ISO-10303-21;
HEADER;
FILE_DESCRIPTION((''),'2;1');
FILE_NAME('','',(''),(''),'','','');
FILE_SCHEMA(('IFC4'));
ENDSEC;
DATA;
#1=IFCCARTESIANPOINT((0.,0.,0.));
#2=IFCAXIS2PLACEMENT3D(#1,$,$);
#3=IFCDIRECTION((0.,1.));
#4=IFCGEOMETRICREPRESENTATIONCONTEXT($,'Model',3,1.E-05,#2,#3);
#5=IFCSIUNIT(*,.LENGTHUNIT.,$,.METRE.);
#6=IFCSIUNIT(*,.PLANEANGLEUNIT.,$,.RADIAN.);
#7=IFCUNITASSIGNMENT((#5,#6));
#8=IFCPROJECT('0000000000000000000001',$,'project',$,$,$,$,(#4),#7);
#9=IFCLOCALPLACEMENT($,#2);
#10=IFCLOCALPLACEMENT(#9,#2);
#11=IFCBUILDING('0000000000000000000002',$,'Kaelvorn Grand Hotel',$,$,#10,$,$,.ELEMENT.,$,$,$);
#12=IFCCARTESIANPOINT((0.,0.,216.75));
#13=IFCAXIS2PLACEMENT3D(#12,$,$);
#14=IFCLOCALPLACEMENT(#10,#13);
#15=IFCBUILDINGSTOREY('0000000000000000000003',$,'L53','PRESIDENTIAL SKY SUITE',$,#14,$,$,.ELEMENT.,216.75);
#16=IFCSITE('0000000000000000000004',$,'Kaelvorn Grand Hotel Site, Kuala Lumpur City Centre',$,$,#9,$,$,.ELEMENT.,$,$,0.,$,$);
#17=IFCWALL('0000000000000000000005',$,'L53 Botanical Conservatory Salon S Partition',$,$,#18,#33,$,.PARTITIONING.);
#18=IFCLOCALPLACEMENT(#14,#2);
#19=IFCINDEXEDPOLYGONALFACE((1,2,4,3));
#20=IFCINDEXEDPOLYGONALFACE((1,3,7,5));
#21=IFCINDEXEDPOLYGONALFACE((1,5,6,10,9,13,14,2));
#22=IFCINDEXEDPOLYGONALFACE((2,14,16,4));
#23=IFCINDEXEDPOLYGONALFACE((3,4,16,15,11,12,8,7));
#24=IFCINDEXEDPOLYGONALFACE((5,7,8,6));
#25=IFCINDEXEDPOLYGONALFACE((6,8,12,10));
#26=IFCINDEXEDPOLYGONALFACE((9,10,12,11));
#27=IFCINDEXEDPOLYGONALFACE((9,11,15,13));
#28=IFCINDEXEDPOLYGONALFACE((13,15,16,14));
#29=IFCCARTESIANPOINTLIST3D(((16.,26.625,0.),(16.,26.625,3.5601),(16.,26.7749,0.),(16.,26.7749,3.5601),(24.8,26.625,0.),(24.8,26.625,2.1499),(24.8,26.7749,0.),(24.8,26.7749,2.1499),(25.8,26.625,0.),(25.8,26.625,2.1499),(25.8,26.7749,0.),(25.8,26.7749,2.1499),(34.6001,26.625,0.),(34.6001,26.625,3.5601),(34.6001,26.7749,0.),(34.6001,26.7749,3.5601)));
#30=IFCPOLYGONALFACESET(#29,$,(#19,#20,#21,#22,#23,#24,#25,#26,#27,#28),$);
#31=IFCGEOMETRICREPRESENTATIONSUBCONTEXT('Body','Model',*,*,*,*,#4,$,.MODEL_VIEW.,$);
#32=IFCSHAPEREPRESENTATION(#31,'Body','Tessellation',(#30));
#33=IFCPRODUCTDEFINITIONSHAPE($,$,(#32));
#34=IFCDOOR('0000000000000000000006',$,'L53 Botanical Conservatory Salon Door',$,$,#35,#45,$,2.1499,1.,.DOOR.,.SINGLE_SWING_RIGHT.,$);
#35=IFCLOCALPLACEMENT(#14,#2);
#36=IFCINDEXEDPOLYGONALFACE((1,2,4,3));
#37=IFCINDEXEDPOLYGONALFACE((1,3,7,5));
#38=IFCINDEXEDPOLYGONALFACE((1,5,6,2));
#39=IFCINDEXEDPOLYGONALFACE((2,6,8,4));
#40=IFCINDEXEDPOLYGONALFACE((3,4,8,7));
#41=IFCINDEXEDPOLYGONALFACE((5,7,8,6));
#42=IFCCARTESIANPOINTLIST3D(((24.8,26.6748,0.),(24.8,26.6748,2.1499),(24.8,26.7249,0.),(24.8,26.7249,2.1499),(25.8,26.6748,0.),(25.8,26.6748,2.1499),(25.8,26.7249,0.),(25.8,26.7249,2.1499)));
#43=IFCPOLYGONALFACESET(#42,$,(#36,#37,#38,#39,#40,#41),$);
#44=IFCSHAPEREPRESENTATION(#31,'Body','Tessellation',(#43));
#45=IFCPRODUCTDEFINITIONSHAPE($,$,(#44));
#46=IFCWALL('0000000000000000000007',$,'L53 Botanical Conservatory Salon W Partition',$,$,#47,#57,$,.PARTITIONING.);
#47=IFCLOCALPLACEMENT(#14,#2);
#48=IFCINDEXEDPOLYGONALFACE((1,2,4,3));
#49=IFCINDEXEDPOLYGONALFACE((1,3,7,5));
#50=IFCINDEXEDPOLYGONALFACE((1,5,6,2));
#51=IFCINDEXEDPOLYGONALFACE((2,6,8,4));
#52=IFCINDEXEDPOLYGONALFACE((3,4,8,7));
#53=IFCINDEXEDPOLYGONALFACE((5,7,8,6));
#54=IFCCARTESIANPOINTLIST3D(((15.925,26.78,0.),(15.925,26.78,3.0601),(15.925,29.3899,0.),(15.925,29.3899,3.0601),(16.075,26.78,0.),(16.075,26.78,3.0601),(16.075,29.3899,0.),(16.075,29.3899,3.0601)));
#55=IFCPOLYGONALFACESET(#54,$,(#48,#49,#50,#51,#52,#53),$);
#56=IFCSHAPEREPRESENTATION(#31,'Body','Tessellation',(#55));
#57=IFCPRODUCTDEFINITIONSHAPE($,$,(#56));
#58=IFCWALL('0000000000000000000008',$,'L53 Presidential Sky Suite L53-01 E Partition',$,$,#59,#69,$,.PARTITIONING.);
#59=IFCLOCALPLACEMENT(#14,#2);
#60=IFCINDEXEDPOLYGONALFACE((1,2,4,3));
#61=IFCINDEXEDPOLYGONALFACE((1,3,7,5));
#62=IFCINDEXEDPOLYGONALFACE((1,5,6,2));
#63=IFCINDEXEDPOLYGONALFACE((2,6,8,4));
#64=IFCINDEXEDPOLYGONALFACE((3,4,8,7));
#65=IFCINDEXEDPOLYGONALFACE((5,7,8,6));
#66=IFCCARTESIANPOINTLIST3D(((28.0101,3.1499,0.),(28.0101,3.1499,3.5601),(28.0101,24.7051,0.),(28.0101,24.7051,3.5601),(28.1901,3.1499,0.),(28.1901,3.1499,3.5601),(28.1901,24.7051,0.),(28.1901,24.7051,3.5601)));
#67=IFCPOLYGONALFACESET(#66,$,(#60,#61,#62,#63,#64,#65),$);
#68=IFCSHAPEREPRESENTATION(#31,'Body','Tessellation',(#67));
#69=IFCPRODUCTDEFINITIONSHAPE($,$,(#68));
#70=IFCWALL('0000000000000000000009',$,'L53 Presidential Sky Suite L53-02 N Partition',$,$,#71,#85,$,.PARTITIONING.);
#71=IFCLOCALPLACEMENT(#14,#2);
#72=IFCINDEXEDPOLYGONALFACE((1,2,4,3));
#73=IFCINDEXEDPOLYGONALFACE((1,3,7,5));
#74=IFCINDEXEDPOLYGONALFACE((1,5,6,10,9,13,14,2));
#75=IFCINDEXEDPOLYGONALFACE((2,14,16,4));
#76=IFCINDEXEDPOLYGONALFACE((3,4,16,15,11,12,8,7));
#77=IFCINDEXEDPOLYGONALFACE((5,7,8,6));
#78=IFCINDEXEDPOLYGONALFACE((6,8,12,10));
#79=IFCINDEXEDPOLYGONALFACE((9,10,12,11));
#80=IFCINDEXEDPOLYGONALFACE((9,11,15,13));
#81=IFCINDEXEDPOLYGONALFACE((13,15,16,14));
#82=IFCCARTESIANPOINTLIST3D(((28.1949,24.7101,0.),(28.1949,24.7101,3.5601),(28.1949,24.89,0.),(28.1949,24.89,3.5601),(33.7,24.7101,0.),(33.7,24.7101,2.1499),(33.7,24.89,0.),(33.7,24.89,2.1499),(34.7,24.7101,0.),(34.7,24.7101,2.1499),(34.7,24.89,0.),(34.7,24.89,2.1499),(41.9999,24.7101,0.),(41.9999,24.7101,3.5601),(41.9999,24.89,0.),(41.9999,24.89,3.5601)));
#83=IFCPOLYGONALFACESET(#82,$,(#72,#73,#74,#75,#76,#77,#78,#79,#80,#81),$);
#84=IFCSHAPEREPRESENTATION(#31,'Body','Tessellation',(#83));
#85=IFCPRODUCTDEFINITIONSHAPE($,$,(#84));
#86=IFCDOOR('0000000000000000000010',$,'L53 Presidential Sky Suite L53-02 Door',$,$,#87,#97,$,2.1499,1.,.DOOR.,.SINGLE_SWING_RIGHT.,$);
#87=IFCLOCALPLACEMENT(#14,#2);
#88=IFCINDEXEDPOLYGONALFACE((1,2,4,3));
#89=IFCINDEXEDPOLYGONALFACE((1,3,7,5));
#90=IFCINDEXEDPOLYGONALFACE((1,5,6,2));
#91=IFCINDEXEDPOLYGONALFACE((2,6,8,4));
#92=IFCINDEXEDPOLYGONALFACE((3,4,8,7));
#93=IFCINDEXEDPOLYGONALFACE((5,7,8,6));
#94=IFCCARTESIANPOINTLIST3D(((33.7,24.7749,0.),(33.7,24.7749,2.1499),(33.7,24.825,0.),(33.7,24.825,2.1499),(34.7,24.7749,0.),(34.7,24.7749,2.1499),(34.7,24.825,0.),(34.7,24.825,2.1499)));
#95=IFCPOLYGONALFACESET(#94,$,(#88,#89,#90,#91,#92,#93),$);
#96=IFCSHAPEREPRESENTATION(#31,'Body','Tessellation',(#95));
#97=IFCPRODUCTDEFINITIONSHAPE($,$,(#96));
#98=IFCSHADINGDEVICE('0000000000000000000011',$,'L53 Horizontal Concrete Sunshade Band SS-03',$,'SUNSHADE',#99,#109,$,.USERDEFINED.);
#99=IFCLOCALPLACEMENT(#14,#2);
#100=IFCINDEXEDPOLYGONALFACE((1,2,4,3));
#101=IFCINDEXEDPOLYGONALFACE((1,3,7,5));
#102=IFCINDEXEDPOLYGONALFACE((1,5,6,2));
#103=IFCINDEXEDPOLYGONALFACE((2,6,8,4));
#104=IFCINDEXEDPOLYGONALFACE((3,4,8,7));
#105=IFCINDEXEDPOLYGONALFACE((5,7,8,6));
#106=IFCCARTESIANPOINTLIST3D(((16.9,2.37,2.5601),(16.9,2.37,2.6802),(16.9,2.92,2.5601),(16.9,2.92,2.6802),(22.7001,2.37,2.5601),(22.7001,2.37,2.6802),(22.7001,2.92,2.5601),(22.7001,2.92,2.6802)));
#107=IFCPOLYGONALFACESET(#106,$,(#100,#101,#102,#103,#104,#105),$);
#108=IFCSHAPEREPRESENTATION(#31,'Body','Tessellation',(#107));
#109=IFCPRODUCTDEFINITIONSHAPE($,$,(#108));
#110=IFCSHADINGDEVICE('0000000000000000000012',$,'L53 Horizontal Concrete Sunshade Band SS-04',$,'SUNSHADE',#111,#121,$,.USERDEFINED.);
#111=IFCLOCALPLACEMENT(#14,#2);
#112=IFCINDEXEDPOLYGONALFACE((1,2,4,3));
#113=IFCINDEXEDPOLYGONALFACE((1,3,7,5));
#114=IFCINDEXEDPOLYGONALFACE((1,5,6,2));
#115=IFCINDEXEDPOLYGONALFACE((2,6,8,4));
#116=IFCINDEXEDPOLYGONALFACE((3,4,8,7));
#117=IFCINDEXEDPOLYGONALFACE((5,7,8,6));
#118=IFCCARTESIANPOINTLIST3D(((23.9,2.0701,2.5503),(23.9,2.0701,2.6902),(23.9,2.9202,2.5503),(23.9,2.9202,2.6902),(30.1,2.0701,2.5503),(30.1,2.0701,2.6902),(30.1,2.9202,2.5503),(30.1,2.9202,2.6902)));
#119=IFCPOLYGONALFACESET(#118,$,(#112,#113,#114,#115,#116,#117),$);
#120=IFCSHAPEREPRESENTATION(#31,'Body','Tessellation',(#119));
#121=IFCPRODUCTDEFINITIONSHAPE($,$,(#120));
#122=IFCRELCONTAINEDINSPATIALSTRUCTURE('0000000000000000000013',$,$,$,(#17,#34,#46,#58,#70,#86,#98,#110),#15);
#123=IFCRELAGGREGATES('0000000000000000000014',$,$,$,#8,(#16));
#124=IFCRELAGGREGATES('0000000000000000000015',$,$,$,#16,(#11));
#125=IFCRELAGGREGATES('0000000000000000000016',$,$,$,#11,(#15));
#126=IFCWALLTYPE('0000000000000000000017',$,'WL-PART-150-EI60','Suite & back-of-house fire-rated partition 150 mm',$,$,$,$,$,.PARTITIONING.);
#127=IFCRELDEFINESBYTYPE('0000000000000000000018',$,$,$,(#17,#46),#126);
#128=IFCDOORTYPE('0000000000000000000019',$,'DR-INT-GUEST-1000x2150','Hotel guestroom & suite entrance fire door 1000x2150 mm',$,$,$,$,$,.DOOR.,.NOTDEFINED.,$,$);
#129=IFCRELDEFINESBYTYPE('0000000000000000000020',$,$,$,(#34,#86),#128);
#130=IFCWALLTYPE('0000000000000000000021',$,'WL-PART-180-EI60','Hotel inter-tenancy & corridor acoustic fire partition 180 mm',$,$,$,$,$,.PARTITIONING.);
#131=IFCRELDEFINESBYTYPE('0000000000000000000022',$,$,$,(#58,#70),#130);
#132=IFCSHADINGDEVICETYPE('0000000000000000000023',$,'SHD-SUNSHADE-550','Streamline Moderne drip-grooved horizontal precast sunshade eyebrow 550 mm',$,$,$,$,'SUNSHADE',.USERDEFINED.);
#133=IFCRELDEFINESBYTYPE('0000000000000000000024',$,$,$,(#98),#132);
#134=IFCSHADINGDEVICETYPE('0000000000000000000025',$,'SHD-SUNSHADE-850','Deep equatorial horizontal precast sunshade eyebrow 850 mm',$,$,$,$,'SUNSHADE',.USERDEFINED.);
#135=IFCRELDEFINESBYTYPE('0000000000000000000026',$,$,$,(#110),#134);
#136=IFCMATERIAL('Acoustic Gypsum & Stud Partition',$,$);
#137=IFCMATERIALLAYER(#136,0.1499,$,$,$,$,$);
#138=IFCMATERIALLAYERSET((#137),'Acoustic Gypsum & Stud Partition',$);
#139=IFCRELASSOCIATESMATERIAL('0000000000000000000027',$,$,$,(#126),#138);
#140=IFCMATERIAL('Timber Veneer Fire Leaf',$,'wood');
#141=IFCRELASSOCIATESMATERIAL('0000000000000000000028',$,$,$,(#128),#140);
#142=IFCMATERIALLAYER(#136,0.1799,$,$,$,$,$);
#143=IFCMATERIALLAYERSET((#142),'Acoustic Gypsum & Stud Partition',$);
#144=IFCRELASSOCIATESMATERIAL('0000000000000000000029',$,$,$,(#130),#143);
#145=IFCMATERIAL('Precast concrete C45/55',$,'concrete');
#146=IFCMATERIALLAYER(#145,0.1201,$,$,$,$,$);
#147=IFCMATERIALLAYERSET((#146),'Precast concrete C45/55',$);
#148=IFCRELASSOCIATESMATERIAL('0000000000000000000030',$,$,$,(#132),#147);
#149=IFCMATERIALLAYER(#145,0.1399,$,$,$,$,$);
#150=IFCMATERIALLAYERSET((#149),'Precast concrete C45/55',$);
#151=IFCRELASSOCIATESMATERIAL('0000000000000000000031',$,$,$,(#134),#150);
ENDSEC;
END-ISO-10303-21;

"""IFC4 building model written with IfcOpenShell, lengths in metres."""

from ifc_helpers import new_model, si_unit, direction, frame, frame_2d, origin, origin_2d, place, context, subcontext, project, spatial, rectangle, extrude, material, layer, layer_set, type_object, element, fill, save


model = new_model("IFC4")

# Units and contexts
model_context = context("Model", 3, precision=1e-05, world=origin(), true_north=direction((0.0, 1.0)))
body_context = subcontext(model_context, "Body", "Model", "MODEL_VIEW")
ifc_project = project(units=[si_unit("LENGTHUNIT", "METRE"), si_unit("PLANEANGLEUNIT", "RADIAN")], contexts=[model_context])

# Site, building, storey
site_placement = place(None, origin())
site = spatial("IfcSite", under=ifc_project, at=site_placement, Name="Kaelvorn Grand Hotel Site, Kuala Lumpur City Centre", CompositionType="ELEMENT", RefElevation=0.0)
building_placement = place(site_placement, origin())
building = spatial("IfcBuilding", under=site, at=building_placement, Name="Kaelvorn Grand Hotel", CompositionType="ELEMENT")
storey_placement = place(building_placement, frame((0.0, 0.0, 216.75)))
storey = spatial("IfcBuildingStorey", under=building, at=storey_placement, Name="L53", Description="PRESIDENTIAL SKY SUITE", CompositionType="ELEMENT", Elevation=216.75)

# Wall, opening, door
ifc_material_1 = material(Name="Acoustic Gypsum & Stud Partition")
ifc_layer_1 = layer(ifc_material_1, 0.1499)
ifc_layer_set_1 = layer_set([ifc_layer_1], Name="Acoustic Gypsum & Stud Partition")
wall_type_1 = type_object("IfcWallType", Name="WL-PART-150-EI60", Description="Suite & back-of-house fire-rated partition 150 mm", PredefinedType="PARTITIONING", material=ifc_layer_set_1)
wall_1_placement = place(storey_placement, frame((16.0, 26.7, 0.0), z_axis=(0.0, 0.0, 1.0), x_axis=(1.0, 0.0, 0.0)))
wall_1 = element("IfcWall", 1, at=wall_1_placement, inside=storey, type_object=wall_type_1, Name="L53 Botanical Conservatory Salon S Partition", PredefinedType="PARTITIONING", context=body_context, shape_type="SweptSolid", body=[
    extrude(rectangle(XDim=18.6001, YDim=0.1499, at=frame_2d((9.3, 0.0))), origin(), (0.0, 0.0, 1.0), 3.5601),
])
opening_1_placement = place(wall_1_placement, frame((8.8, 0.0, 0.0)))
opening_1 = element("IfcOpeningElement", 2, at=opening_1_placement, cuts=wall_1, PredefinedType="OPENING", context=body_context, shape_type="SweptSolid", body=[
    extrude(rectangle(XDim=1.0, YDim=2.1499, at=frame_2d((0.5, 1.075))), frame((0.0, 0.085, 0.0), z_axis=(0.0, -1.0, 0.0), x_axis=(1.0, 0.0, 0.0)), (0.0, 0.0, 1.0), 0.1699),
])
ifc_material_2 = material(Name="Timber Veneer Fire Leaf", Category="wood")
door_type_1 = type_object("IfcDoorType", Name="DR-INT-GUEST-1000x2150", Description="Hotel guestroom & suite entrance fire door 1000x2150 mm", OperationType="NOTDEFINED", PredefinedType="DOOR", material=ifc_material_2)
door_1_placement = place(opening_1_placement, origin())
door_1 = element("IfcDoor", 3, at=door_1_placement, inside=storey, type_object=door_type_1, Name="L53 Botanical Conservatory Salon Door", OperationType="SINGLE_SWING_RIGHT", OverallHeight=2.1499, OverallWidth=1.0, PredefinedType="DOOR", context=body_context, shape_type="SweptSolid", body=[
    extrude(rectangle(XDim=1.0, YDim=2.1499, at=frame_2d((0.5, 1.075))), frame((0.0, 0.0249, 0.0), z_axis=(0.0, -1.0, 0.0), x_axis=(1.0, 0.0, 0.0)), (0.0, 0.0, 1.0), 0.05),
])
fill(opening_1, door_1)

# Walls
wall_2_placement = place(storey_placement, frame((16.0, 26.78, 0.0), z_axis=(0.0, 0.0, 1.0), x_axis=(0.0, 1.0, 0.0)))
element("IfcWall", 4, at=wall_2_placement, inside=storey, type_object=wall_type_1, Name="L53 Botanical Conservatory Salon W Partition", PredefinedType="PARTITIONING", context=body_context, shape_type="SweptSolid", body=[
    extrude(rectangle(XDim=2.6099, YDim=0.1499, at=frame_2d((1.3049, 0.0))), origin(), (0.0, 0.0, 1.0), 3.0601),
])
ifc_layer_2 = layer(ifc_material_1, 0.1799)
ifc_layer_set_2 = layer_set([ifc_layer_2], Name="Acoustic Gypsum & Stud Partition")
wall_type_2 = type_object("IfcWallType", Name="WL-PART-180-EI60", Description="Hotel inter-tenancy & corridor acoustic fire partition 180 mm", PredefinedType="PARTITIONING", material=ifc_layer_set_2)
wall_3_placement = place(storey_placement, frame((28.1001, 3.1499, 0.0), z_axis=(0.0, 0.0, 1.0), x_axis=(0.0, 1.0, 0.0)))
element("IfcWall", 5, at=wall_3_placement, inside=storey, type_object=wall_type_2, Name="L53 Presidential Sky Suite L53-01 E Partition", PredefinedType="PARTITIONING", context=body_context, shape_type="SweptSolid", body=[
    extrude(rectangle(XDim=21.5552, YDim=0.1799, at=frame_2d((10.7776, 0.0))), origin(), (0.0, 0.0, 1.0), 3.5601),
])

# Wall, opening, door
wall_4_placement = place(storey_placement, frame((28.1951, 24.8, 0.0), z_axis=(0.0, 0.0, 1.0), x_axis=(1.0, 0.0, 0.0)))
wall_4 = element("IfcWall", 6, at=wall_4_placement, inside=storey, type_object=wall_type_2, Name="L53 Presidential Sky Suite L53-02 N Partition", PredefinedType="PARTITIONING", context=body_context, shape_type="SweptSolid", body=[
    extrude(rectangle(XDim=13.8049, YDim=0.1799, at=frame_2d((6.9023, 0.0))), origin(), (0.0, 0.0, 1.0), 3.5601),
])
opening_2_placement = place(wall_4_placement, frame((5.5049, 0.0, 0.0)))
opening_2 = element("IfcOpeningElement", 7, at=opening_2_placement, cuts=wall_4, PredefinedType="OPENING", context=body_context, shape_type="SweptSolid", body=[
    extrude(rectangle(XDim=1.0, YDim=2.1499, at=frame_2d((0.5, 1.075))), frame((0.0, 0.1001, 0.0), z_axis=(0.0, -1.0, 0.0), x_axis=(1.0, 0.0, 0.0)), (0.0, 0.0, 1.0), 0.2),
])
door_2_placement = place(opening_2_placement, origin())
door_2 = element("IfcDoor", 8, at=door_2_placement, inside=storey, type_object=door_type_1, Name="L53 Presidential Sky Suite L53-02 Door", OperationType="SINGLE_SWING_RIGHT", OverallHeight=2.1499, OverallWidth=1.0, PredefinedType="DOOR", context=body_context, shape_type="SweptSolid", body=[
    extrude(rectangle(XDim=1.0, YDim=2.1499, at=frame_2d((0.5, 1.075))), frame((0.0, 0.0249, 0.0), z_axis=(0.0, -1.0, 0.0), x_axis=(1.0, 0.0, 0.0)), (0.0, 0.0, 1.0), 0.05),
])
fill(opening_2, door_2)

# Shading devices
ifc_material_3 = material(Name="Precast concrete C45/55", Category="concrete")
ifc_layer_3 = layer(ifc_material_3, 0.1201)
ifc_layer_set_3 = layer_set([ifc_layer_3], Name="Precast concrete C45/55")
shading_device_type_1 = type_object("IfcShadingDeviceType", Name="SHD-SUNSHADE-550", Description="Streamline Moderne drip-grooved horizontal precast sunshade eyebrow 550 mm", ElementType="SUNSHADE", PredefinedType="USERDEFINED", material=ifc_layer_set_3)
shading_device_1_placement = place(storey_placement, frame((19.8, 2.645, 2.5601), z_axis=(0.0, 0.0, 1.0), x_axis=(1.0, 0.0, 0.0)))
element("IfcShadingDevice", 9, at=shading_device_1_placement, inside=storey, type_object=shading_device_type_1, Name="L53 Horizontal Concrete Sunshade Band SS-03", ObjectType="SUNSHADE", PredefinedType="USERDEFINED", context=body_context, shape_type="SweptSolid", body=[
    extrude(rectangle(XDim=5.8, YDim=0.55, at=origin_2d()), origin(), (0.0, 0.0, 1.0), 0.1201),
])
ifc_layer_4 = layer(ifc_material_3, 0.1399)
ifc_layer_set_4 = layer_set([ifc_layer_4], Name="Precast concrete C45/55")
shading_device_type_2 = type_object("IfcShadingDeviceType", Name="SHD-SUNSHADE-850", Description="Deep equatorial horizontal precast sunshade eyebrow 850 mm", ElementType="SUNSHADE", PredefinedType="USERDEFINED", material=ifc_layer_set_4)
shading_device_2_placement = place(storey_placement, frame((27.0, 2.4951, 2.5503), z_axis=(0.0, 0.0, 1.0), x_axis=(1.0, 0.0, 0.0)))
element("IfcShadingDevice", 10, at=shading_device_2_placement, inside=storey, type_object=shading_device_type_2, Name="L53 Horizontal Concrete Sunshade Band SS-04", ObjectType="SUNSHADE", PredefinedType="USERDEFINED", context=body_context, shape_type="SweptSolid", body=[
    extrude(rectangle(XDim=6.2, YDim=0.8501, at=origin_2d()), origin(), (0.0, 0.0, 1.0), 0.1399),
])

save(model, "model.ifc")
